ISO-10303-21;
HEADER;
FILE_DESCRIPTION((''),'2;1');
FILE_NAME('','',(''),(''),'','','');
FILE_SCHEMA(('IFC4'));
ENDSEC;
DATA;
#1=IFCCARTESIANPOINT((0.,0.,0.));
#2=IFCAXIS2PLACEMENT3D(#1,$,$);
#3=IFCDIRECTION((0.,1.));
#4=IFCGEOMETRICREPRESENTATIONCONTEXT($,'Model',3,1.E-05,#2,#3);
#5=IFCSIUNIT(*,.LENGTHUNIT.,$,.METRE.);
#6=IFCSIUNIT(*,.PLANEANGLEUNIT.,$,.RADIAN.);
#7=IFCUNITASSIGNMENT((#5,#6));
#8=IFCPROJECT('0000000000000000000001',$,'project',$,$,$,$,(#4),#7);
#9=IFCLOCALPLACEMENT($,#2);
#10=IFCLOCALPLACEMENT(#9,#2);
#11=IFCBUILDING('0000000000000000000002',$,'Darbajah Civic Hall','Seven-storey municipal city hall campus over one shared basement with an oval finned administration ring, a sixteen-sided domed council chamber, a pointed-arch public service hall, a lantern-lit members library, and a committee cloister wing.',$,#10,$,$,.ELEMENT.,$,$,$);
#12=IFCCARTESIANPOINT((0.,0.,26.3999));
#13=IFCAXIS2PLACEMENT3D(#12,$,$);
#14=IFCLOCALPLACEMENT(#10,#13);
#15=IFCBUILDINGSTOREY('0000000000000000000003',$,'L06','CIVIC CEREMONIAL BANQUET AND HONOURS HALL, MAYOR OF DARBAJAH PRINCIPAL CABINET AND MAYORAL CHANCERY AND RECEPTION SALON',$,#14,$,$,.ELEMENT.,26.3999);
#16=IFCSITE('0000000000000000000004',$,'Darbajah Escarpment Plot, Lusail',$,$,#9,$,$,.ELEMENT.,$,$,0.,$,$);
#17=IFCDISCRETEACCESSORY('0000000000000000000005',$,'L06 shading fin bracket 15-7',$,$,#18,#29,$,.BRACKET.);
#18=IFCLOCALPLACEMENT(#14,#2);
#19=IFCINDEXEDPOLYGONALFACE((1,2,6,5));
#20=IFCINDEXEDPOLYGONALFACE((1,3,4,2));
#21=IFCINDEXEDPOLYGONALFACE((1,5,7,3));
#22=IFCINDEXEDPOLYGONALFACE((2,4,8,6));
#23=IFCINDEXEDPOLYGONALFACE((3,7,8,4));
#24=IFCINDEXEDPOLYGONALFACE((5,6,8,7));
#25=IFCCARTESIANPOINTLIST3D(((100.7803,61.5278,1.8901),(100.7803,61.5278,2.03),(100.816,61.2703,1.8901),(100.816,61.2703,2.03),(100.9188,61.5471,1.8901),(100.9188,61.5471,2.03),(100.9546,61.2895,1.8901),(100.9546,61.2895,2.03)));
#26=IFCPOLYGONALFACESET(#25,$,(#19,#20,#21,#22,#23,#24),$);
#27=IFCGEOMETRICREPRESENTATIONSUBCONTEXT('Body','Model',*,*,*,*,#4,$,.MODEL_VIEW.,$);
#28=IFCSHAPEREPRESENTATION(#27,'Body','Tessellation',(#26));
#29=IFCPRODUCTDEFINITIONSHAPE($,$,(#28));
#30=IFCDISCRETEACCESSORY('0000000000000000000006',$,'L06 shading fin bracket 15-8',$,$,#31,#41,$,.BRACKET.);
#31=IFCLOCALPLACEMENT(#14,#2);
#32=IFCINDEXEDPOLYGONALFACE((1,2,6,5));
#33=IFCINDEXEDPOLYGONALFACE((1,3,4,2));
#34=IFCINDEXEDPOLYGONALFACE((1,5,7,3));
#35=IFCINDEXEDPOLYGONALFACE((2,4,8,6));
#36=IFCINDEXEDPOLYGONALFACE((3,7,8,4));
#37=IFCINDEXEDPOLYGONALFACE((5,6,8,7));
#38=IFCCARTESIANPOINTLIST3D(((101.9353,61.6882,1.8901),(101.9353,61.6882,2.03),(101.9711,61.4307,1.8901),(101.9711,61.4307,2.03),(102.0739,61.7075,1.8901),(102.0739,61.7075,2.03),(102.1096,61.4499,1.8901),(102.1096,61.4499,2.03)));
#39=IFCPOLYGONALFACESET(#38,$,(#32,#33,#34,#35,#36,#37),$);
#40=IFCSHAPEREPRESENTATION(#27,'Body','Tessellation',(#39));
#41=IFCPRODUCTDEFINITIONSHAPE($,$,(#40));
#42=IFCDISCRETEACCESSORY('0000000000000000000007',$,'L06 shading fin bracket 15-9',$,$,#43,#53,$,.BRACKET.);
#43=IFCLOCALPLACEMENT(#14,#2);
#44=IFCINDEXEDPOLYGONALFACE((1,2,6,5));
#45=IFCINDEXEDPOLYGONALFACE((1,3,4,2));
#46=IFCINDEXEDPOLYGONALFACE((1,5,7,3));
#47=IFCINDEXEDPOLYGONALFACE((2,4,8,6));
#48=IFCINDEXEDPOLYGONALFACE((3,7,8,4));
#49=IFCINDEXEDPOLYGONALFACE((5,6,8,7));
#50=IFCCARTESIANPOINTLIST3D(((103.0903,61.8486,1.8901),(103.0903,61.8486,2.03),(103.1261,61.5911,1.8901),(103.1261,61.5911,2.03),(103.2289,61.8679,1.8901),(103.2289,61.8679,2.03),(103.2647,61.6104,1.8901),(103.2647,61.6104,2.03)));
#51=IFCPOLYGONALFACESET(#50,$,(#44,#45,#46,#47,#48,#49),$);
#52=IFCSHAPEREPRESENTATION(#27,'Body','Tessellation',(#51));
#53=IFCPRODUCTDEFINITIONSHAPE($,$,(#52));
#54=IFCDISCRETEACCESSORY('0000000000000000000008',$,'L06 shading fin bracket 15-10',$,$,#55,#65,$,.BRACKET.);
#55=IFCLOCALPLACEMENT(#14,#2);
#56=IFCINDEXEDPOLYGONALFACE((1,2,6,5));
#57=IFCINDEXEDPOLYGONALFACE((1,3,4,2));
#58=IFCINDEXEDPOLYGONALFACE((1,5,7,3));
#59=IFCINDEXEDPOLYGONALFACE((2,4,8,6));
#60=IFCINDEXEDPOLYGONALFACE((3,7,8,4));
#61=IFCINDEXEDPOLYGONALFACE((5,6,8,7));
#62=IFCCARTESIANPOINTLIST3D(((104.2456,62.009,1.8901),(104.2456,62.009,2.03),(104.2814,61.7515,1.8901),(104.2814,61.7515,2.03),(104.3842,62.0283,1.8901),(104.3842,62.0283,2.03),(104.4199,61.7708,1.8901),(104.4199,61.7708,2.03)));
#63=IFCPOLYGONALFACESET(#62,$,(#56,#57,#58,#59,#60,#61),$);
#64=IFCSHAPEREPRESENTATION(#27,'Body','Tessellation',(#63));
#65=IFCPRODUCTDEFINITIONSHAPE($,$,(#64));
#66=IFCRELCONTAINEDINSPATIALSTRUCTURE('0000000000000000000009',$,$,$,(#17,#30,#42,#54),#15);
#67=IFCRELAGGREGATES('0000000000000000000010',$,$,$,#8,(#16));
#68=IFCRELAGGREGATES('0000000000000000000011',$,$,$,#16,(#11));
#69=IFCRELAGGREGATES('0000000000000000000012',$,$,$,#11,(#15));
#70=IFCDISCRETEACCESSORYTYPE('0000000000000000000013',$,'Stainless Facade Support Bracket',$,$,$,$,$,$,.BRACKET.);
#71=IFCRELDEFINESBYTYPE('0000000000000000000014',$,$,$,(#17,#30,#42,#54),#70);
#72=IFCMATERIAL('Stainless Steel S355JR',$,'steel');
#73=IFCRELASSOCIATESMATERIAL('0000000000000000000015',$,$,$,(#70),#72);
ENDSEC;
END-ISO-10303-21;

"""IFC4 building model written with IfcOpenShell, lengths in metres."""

from ifc_helpers import new_model, si_unit, direction, frame, origin, origin_2d, place, context, subcontext, project, spatial, rectangle, extrude, material, type_object, element, save


model = new_model("IFC4")

# Units and contexts
model_context = context("Model", 3, precision=1e-05, world=origin(), true_north=direction((0.0, 1.0)))
body_context = subcontext(model_context, "Body", "Model", "MODEL_VIEW")
ifc_project = project(units=[si_unit("LENGTHUNIT", "METRE"), si_unit("PLANEANGLEUNIT", "RADIAN")], contexts=[model_context])

# Site, building, storey
site_placement = place(None, origin())
site = spatial("IfcSite", under=ifc_project, at=site_placement, Name="Darbajah Escarpment Plot, Lusail", CompositionType="ELEMENT", RefElevation=0.0)
building_placement = place(site_placement, origin())
building = spatial("IfcBuilding", under=site, at=building_placement, Name="Darbajah Civic Hall", Description="Seven-storey municipal city hall campus over one shared basement with an oval finned administration ring, a sixteen-sided domed council chamber, a pointed-arch public service hall, a lantern-lit members library, and a committee cloister wing.", CompositionType="ELEMENT")
storey_placement = place(building_placement, frame((0.0, 0.0, 26.3999)))
storey = spatial("IfcBuildingStorey", under=building, at=storey_placement, Name="L06", Description="CIVIC CEREMONIAL BANQUET AND HONOURS HALL, MAYOR OF DARBAJAH PRINCIPAL CABINET AND MAYORAL CHANCERY AND RECEPTION SALON", CompositionType="ELEMENT", Elevation=26.3999)

# Discrete accessories
ifc_material_1 = material(Name="Stainless Steel S355JR", Category="steel")
discrete_accessory_type = type_object("IfcDiscreteAccessoryType", Name="Stainless Facade Support Bracket", PredefinedType="BRACKET", material=ifc_material_1)
for number, where, z_axis, x_axis, name in (
    (1, (100.8674, 61.4087, 1.8901), (0.0, 0.0, 1.0), (0.137617, -0.990485, 0.0), "L06 shading fin bracket 15-7"),
    (2, (102.0225, 61.5691, 1.8901), (0.0, 0.0, 1.0), (0.137617, -0.990485, 0.0), "L06 shading fin bracket 15-8"),
    (3, (103.1775, 61.7295, 1.8901), (0.0, 0.0, 1.0), (0.137617, -0.990485, 0.0), "L06 shading fin bracket 15-9"),
    (4, (104.3328, 61.8899, 1.8901), (0.0, 0.0, 1.0), (0.137617, -0.990485, 0.0), "L06 shading fin bracket 15-10"),
):
    element("IfcDiscreteAccessory", number, at=place(storey_placement, frame(where, z_axis=z_axis, x_axis=x_axis)), inside=storey, type_object=discrete_accessory_type, Name=name, PredefinedType="BRACKET", context=body_context, shape_type="SweptSolid", body=[
        extrude(rectangle(XDim=0.26, YDim=0.1399, at=origin_2d()), origin(), (0.0, 0.0, 1.0), 0.1399),
    ])

save(model, "model.ifc")
